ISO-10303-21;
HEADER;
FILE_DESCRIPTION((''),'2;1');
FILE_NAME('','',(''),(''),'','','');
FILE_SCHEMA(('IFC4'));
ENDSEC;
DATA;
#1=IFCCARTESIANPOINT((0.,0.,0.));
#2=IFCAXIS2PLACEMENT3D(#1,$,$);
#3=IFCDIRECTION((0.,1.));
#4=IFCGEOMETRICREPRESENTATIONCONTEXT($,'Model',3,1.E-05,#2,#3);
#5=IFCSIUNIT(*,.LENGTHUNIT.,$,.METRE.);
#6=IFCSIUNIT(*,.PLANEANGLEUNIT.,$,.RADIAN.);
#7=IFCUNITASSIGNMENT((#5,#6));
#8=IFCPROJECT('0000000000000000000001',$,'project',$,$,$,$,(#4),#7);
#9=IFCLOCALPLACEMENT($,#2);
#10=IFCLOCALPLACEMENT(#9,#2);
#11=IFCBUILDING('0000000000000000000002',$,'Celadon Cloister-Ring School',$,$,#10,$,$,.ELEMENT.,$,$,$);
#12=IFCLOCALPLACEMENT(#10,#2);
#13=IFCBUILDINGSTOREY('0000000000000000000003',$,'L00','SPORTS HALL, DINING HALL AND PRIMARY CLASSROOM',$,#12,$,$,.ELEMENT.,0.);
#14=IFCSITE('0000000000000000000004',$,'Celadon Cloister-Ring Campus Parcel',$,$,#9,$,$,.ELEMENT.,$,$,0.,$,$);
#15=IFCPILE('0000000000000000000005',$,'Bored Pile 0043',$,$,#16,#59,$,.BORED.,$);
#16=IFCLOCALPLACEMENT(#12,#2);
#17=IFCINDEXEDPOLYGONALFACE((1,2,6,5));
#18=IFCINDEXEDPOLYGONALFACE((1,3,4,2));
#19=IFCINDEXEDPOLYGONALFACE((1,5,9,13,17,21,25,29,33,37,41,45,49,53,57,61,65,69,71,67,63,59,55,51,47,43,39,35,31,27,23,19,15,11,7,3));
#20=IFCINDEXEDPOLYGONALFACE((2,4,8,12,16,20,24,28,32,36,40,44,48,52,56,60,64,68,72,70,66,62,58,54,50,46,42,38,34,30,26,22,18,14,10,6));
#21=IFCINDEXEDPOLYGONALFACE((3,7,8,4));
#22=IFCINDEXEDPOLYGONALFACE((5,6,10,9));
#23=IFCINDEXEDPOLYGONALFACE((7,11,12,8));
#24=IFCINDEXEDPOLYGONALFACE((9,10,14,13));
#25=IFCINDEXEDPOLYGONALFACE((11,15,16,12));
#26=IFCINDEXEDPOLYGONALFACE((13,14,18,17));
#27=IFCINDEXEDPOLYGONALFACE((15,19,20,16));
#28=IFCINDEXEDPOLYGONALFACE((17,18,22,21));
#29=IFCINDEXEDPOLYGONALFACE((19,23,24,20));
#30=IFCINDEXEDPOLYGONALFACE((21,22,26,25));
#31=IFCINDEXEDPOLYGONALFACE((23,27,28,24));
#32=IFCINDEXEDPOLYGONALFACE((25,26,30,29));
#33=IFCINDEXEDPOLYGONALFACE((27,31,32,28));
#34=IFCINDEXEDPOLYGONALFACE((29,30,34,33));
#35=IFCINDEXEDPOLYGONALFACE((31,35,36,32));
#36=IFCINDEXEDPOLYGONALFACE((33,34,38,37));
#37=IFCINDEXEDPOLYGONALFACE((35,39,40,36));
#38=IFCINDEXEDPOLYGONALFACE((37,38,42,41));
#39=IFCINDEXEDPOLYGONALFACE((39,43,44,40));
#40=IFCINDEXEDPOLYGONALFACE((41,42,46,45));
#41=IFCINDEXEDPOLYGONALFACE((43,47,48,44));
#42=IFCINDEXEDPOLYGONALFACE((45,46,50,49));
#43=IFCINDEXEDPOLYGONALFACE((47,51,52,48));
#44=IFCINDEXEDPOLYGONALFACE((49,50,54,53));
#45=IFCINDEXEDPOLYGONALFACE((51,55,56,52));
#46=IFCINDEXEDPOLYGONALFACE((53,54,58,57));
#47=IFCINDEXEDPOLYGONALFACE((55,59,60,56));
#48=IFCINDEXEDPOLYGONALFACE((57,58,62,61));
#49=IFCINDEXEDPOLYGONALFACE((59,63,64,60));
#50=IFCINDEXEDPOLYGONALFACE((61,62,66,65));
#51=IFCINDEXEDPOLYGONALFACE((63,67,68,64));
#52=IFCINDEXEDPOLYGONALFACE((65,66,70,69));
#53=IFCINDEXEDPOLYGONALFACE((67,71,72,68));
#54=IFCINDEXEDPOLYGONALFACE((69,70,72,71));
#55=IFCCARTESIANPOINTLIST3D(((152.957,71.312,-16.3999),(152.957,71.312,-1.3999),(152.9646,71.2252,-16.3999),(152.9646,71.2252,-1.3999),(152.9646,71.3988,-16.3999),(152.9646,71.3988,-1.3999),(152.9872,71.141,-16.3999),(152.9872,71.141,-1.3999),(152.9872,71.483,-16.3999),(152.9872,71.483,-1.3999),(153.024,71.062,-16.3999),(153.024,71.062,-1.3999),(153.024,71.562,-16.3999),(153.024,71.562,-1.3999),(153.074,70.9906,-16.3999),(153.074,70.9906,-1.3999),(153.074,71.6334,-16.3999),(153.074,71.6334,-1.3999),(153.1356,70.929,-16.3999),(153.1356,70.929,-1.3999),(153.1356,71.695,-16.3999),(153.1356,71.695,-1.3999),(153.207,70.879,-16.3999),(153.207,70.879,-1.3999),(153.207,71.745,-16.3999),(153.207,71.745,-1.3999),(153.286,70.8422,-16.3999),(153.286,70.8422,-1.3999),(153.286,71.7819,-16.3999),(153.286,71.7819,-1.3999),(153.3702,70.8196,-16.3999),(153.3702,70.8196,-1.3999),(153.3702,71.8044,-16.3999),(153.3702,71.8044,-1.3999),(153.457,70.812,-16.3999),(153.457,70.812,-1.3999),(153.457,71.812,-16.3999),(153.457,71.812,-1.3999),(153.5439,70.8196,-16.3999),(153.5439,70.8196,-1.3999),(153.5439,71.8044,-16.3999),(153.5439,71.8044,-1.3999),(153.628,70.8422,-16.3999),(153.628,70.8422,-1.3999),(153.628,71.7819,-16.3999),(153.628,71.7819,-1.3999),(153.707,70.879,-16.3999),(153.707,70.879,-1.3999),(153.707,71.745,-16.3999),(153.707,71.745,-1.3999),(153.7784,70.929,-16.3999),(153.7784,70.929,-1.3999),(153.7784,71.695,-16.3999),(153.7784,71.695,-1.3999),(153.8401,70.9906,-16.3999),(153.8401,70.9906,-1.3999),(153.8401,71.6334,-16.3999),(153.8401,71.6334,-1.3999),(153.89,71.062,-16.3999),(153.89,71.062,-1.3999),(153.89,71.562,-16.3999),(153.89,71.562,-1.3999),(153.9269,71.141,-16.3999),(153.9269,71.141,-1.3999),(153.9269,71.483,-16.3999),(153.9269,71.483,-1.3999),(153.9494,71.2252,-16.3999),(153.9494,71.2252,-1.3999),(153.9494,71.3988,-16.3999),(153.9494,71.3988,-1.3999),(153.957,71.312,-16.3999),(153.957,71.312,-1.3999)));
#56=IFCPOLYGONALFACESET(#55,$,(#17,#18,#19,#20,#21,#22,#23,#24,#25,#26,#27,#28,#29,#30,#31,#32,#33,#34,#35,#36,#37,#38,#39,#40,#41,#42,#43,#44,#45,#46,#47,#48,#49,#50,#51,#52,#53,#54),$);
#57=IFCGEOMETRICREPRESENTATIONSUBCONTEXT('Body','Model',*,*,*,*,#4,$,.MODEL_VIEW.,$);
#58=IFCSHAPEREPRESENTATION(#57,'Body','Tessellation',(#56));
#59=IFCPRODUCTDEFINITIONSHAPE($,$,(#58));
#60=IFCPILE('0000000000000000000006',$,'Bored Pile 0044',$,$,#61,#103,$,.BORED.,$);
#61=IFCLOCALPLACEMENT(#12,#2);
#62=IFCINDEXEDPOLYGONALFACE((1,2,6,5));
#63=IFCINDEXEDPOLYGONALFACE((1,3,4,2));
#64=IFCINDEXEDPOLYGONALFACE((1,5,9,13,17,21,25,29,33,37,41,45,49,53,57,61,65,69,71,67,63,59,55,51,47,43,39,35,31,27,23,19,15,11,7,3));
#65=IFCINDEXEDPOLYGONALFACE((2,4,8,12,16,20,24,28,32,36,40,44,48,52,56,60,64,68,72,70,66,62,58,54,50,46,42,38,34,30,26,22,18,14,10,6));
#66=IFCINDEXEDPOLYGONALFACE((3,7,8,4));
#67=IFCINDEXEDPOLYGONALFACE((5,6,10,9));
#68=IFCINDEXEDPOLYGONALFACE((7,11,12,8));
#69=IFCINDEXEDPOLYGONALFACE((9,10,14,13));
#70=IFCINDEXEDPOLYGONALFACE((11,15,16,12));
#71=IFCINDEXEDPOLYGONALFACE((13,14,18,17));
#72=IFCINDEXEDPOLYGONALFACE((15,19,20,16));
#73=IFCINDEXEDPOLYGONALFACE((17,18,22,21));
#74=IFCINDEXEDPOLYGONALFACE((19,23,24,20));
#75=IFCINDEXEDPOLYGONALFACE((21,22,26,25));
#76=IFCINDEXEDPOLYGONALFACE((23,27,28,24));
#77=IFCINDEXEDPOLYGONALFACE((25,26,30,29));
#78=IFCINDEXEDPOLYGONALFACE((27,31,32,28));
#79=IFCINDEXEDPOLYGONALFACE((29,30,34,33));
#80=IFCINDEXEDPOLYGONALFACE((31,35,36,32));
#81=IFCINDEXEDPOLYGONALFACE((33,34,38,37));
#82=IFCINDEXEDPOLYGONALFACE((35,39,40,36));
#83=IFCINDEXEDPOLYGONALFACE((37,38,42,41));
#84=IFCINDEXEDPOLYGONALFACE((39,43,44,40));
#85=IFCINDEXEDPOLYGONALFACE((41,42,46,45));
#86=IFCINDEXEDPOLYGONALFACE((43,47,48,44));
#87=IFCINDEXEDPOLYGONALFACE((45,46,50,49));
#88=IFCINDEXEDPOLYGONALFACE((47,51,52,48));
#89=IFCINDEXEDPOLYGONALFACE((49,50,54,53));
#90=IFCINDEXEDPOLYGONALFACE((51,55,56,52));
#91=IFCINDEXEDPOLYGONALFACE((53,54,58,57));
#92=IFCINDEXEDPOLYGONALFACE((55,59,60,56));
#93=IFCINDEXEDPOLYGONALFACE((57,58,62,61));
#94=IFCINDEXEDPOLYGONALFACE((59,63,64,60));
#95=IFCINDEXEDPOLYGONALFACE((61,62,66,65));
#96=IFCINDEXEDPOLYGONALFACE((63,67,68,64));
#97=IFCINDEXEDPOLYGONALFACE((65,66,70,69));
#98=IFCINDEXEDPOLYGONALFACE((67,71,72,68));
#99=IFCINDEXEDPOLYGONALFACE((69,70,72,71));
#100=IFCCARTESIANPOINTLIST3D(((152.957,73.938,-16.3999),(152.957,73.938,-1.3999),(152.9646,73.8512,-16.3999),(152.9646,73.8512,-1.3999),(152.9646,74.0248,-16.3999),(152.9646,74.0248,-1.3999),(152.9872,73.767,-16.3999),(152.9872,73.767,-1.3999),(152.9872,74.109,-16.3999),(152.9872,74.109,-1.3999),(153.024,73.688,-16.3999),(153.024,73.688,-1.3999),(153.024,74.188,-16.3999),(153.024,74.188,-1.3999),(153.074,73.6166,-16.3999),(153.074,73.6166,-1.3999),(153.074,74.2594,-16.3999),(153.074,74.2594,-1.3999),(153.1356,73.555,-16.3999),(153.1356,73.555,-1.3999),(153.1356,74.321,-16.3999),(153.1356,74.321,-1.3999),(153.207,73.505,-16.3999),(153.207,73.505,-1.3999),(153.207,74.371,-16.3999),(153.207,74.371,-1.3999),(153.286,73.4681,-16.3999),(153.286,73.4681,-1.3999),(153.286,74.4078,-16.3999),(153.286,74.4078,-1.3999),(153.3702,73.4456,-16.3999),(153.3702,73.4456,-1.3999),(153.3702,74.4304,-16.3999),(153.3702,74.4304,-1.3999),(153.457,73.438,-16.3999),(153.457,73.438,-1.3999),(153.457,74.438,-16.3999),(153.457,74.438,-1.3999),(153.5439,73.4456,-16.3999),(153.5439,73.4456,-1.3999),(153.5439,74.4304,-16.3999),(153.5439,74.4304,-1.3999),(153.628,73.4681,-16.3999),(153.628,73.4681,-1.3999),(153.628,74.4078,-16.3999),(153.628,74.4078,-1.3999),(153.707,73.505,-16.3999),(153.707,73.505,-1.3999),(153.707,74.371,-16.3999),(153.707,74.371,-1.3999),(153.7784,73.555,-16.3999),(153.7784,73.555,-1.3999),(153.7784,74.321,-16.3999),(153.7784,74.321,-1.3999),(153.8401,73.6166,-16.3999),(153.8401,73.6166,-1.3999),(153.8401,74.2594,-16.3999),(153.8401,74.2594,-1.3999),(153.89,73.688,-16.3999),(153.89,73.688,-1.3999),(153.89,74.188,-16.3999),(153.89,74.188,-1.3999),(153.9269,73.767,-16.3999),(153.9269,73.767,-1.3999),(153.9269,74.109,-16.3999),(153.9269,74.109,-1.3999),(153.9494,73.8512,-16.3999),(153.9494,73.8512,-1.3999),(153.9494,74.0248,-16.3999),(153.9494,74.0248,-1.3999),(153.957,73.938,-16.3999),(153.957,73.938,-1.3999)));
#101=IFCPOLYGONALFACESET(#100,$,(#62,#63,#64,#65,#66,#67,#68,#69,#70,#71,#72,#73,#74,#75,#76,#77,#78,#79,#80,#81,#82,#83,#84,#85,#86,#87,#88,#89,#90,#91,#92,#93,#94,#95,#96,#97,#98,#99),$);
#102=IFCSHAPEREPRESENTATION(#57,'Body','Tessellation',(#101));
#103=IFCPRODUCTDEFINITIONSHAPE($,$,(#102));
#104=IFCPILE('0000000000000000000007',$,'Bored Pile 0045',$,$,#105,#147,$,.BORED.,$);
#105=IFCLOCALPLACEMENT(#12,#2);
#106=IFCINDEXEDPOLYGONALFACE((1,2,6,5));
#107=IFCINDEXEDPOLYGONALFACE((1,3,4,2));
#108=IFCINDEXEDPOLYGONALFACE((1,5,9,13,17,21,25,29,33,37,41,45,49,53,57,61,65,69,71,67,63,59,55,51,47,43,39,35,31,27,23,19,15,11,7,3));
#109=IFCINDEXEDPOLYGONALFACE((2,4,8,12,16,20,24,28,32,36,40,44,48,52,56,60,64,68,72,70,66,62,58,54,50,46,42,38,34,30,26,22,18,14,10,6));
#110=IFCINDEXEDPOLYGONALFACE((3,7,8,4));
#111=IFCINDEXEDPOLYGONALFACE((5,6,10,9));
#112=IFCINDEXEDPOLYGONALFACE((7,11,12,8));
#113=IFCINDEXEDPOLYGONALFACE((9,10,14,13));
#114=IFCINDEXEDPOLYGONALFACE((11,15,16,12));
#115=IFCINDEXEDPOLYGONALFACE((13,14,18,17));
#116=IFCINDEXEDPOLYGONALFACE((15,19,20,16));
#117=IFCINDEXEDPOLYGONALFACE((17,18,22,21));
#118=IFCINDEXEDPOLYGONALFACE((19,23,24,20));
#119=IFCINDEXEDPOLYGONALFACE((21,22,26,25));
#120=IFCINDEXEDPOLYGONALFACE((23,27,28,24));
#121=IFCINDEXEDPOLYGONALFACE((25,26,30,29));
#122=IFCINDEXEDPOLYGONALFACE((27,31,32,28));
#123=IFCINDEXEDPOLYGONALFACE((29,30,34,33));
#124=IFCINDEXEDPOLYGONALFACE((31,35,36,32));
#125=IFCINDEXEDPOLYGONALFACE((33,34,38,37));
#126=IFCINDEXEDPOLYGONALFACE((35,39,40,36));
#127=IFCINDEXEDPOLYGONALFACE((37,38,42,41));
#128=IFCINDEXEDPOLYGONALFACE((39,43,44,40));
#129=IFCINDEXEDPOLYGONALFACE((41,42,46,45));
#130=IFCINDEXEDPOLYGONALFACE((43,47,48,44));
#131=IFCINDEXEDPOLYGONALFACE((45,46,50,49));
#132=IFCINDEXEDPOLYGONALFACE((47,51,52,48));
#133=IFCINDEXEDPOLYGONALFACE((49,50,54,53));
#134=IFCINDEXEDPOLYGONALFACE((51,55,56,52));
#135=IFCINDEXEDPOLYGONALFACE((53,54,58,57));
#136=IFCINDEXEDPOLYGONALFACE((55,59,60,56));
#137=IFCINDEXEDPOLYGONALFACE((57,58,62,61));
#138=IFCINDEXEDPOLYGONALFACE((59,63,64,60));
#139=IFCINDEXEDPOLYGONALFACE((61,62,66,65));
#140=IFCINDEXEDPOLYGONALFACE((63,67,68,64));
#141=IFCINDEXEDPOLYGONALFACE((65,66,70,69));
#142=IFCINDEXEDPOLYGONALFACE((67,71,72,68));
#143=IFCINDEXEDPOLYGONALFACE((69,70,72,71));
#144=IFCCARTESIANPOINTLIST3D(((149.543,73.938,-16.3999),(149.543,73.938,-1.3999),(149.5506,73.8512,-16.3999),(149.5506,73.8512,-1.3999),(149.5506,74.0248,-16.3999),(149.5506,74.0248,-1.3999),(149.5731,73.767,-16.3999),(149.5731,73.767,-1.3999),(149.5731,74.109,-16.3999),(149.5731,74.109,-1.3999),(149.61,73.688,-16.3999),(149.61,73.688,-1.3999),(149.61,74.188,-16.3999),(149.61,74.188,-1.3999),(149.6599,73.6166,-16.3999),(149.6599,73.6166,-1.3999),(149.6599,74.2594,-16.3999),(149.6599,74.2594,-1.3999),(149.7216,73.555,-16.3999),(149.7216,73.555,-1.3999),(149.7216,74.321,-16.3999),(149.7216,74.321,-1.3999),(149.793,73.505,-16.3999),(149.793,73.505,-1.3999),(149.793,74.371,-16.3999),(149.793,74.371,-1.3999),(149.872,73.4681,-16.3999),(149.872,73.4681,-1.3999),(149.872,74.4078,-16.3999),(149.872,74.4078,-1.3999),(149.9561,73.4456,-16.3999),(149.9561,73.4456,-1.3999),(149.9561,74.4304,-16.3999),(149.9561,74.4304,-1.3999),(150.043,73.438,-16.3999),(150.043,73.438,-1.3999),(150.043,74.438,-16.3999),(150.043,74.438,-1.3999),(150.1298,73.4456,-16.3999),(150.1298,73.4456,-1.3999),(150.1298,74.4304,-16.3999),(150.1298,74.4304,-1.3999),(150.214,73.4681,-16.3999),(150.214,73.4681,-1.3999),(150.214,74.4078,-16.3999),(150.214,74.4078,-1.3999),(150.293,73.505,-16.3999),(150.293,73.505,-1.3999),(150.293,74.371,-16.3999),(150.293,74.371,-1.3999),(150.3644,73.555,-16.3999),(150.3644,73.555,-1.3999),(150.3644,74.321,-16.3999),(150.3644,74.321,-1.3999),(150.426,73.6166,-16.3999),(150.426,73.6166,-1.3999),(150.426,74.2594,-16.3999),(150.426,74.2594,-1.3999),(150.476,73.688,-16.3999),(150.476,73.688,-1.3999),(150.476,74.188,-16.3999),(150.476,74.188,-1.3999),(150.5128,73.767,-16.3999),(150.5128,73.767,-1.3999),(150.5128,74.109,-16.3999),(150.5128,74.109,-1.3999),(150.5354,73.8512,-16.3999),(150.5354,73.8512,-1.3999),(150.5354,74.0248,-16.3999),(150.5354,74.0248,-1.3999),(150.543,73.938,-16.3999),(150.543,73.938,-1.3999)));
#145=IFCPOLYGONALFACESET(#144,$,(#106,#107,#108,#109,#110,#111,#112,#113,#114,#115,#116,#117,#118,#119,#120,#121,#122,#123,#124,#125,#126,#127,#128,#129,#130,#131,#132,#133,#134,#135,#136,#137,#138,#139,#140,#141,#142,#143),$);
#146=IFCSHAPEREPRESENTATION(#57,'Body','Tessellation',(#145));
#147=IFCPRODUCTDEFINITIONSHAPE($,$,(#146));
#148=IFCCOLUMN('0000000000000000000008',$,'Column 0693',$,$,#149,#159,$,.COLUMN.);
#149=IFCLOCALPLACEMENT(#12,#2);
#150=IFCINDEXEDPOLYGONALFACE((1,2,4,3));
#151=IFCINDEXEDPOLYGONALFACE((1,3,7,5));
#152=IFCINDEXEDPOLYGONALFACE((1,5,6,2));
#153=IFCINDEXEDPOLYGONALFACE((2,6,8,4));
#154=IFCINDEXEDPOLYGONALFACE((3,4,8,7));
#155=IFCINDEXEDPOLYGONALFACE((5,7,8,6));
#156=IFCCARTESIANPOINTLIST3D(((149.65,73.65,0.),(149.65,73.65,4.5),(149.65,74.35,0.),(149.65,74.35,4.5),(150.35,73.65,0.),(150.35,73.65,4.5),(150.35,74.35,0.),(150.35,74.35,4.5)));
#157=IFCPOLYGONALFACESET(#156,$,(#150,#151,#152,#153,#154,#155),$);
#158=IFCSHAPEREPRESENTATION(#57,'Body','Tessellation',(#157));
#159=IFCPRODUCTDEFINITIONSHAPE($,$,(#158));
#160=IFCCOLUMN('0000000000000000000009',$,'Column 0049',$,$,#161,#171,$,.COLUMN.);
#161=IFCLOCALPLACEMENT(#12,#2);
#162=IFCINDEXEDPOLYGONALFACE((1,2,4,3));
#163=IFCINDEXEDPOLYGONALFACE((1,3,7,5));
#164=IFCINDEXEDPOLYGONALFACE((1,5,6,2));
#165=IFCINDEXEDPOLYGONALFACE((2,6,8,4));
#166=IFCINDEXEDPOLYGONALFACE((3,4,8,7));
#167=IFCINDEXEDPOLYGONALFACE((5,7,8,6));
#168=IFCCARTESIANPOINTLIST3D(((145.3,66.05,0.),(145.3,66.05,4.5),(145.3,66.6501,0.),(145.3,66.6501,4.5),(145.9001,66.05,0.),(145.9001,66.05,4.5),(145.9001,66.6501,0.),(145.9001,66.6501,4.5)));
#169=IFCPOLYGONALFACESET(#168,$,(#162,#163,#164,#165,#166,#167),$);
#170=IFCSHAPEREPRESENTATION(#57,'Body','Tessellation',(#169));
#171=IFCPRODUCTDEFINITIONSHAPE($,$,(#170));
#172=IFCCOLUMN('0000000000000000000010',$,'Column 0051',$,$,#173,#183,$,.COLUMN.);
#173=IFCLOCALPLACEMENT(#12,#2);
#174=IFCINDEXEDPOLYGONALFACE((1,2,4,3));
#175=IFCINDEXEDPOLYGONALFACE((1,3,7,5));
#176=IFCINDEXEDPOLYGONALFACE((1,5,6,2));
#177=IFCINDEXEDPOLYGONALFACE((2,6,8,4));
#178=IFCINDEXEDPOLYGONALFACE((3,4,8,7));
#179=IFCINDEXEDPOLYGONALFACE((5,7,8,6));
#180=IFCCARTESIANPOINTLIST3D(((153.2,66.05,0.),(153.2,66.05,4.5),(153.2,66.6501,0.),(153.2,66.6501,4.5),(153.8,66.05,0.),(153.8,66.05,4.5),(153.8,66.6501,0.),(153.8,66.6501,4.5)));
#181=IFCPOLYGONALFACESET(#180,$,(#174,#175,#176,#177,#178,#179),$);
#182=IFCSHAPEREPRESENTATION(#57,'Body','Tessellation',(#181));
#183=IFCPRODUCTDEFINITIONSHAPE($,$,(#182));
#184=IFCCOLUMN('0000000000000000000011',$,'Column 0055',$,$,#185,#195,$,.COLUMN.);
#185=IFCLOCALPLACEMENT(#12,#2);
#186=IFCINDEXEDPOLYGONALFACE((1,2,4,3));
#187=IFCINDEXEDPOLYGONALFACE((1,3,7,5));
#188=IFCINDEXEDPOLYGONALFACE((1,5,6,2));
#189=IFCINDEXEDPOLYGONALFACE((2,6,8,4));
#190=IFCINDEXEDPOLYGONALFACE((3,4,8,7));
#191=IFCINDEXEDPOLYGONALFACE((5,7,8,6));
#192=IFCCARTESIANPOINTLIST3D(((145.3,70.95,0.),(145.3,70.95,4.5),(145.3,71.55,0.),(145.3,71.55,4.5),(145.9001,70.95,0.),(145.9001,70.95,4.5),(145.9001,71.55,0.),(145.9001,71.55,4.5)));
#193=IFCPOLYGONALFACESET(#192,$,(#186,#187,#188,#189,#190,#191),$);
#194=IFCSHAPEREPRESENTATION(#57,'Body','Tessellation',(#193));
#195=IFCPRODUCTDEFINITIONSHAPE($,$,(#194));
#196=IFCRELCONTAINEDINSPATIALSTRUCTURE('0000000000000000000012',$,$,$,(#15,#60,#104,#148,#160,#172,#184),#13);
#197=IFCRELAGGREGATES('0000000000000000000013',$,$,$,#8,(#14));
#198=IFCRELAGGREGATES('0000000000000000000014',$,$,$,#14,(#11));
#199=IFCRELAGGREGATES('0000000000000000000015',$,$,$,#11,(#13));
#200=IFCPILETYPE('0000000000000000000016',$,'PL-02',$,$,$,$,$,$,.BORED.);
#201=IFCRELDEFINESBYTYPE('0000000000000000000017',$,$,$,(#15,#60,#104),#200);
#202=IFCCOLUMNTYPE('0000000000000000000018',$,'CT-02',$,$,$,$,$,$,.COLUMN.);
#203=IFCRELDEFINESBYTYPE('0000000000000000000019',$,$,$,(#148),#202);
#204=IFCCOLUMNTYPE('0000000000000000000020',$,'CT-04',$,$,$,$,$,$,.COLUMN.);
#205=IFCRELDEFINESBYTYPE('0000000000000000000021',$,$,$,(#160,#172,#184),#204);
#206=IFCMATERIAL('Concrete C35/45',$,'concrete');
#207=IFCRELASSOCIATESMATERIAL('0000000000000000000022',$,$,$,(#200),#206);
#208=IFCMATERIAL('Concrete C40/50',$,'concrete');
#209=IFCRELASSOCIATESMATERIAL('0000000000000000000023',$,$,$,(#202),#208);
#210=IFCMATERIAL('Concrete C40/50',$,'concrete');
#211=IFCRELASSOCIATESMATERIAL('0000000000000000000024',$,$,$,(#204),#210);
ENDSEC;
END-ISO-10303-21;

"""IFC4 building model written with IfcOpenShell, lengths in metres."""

from ifc_helpers import new_model, si_unit, direction, frame, origin, origin_2d, place, context, subcontext, project, spatial, rectangle, circle, extrude, material, material_profile, profile_set, type_object, element, save


model = new_model("IFC4")

# Units and contexts
model_context = context("Model", 3, precision=1e-05, world=origin(), true_north=direction((0.0, 1.0)))
body_context = subcontext(model_context, "Body", "Model", "MODEL_VIEW")
ifc_project = project(units=[si_unit("LENGTHUNIT", "METRE"), si_unit("PLANEANGLEUNIT", "RADIAN")], contexts=[model_context])

# Site, building, storey
site_placement = place(None, origin())
site = spatial("IfcSite", under=ifc_project, at=site_placement, Name="Celadon Cloister-Ring Campus Parcel", CompositionType="ELEMENT", RefElevation=0.0)
building_placement = place(site_placement, origin())
building = spatial("IfcBuilding", under=site, at=building_placement, Name="Celadon Cloister-Ring School", CompositionType="ELEMENT")
storey_placement = place(building_placement, origin())
storey = spatial("IfcBuildingStorey", under=building, at=storey_placement, Name="L00", Description="SPORTS HALL, DINING HALL AND PRIMARY CLASSROOM", CompositionType="ELEMENT", Elevation=0.0)

# Piles
ifc_material_1 = material(Name="Concrete C35/45", Category="concrete")
ifc_material_profile_1 = material_profile(ifc_material_1, circle(Radius=0.5, at=origin_2d()), Name="PILE1000")
ifc_profile_set_1 = profile_set([ifc_material_profile_1], Name="Concrete C35/45")
pile_type_1 = type_object("IfcPileType", Name="PL-02", PredefinedType="BORED", material=ifc_profile_set_1)
for number, where, z_axis, x_axis, name in (
    (1, (153.457, 71.312, -1.3999), (0.0, 0.0, -1.0), (1.0, 0.0, 0.0), "Bored Pile 0043"),
    (2, (153.457, 73.938, -1.3999), (0.0, 0.0, -1.0), (1.0, 0.0, 0.0), "Bored Pile 0044"),
    (3, (150.043, 73.938, -1.3999), (0.0, 0.0, -1.0), (1.0, 0.0, 0.0), "Bored Pile 0045"),
):
    element("IfcPile", number, at=place(storey_placement, frame(where, z_axis=z_axis, x_axis=x_axis)), inside=storey, type_object=pile_type_1, Name=name, PredefinedType="BORED", context=body_context, shape_type="SweptSolid", body=[
        extrude(circle(Radius=0.5, at=origin_2d()), origin(), (0.0, 0.0, 1.0), 15.0),
    ])

# Columns
ifc_material_2 = material(Name="Concrete C40/50", Category="concrete")
ifc_material_profile_2 = material_profile(ifc_material_2, rectangle(XDim=0.7, YDim=0.7, at=origin_2d()), Name="RC700X700")
ifc_profile_set_2 = profile_set([ifc_material_profile_2], Name="Concrete C40/50")
column_type_1 = type_object("IfcColumnType", Name="CT-02", PredefinedType="COLUMN", material=ifc_profile_set_2)
column_placement = place(storey_placement, frame((150.0, 74.0, 0.0), z_axis=(0.0, 0.0, 1.0), x_axis=(1.0, 0.0, 0.0)))
element("IfcColumn", 4, at=column_placement, inside=storey, type_object=column_type_1, Name="Column 0693", PredefinedType="COLUMN", context=body_context, shape_type="SweptSolid", body=[
    extrude(rectangle(XDim=0.7, YDim=0.7, at=origin_2d()), origin(), (0.0, 0.0, 1.0), 4.5),
])
ifc_material_3 = material(Name="Concrete C40/50", Category="concrete")
ifc_material_profile_3 = material_profile(ifc_material_3, rectangle(XDim=0.6001, YDim=0.6001, at=origin_2d()), Name="RC600X600")
ifc_profile_set_3 = profile_set([ifc_material_profile_3], Name="Concrete C40/50")
column_type_2 = type_object("IfcColumnType", Name="CT-04", PredefinedType="COLUMN", material=ifc_profile_set_3)
for number, where, z_axis, x_axis, name in (
    (5, (145.6001, 66.3501, 0.0), (0.0, 0.0, 1.0), (1.0, 0.0, 0.0), "Column 0049"),
    (6, (153.5, 66.3501, 0.0), (0.0, 0.0, 1.0), (1.0, 0.0, 0.0), "Column 0051"),
    (7, (145.6001, 71.25, 0.0), (0.0, 0.0, 1.0), (1.0, 0.0, 0.0), "Column 0055"),
):
    element("IfcColumn", number, at=place(storey_placement, frame(where, z_axis=z_axis, x_axis=x_axis)), inside=storey, type_object=column_type_2, Name=name, PredefinedType="COLUMN", context=body_context, shape_type="SweptSolid", body=[
        extrude(rectangle(XDim=0.6001, YDim=0.6001, at=origin_2d()), origin(), (0.0, 0.0, 1.0), 4.5),
    ])

save(model, "model.ifc")
